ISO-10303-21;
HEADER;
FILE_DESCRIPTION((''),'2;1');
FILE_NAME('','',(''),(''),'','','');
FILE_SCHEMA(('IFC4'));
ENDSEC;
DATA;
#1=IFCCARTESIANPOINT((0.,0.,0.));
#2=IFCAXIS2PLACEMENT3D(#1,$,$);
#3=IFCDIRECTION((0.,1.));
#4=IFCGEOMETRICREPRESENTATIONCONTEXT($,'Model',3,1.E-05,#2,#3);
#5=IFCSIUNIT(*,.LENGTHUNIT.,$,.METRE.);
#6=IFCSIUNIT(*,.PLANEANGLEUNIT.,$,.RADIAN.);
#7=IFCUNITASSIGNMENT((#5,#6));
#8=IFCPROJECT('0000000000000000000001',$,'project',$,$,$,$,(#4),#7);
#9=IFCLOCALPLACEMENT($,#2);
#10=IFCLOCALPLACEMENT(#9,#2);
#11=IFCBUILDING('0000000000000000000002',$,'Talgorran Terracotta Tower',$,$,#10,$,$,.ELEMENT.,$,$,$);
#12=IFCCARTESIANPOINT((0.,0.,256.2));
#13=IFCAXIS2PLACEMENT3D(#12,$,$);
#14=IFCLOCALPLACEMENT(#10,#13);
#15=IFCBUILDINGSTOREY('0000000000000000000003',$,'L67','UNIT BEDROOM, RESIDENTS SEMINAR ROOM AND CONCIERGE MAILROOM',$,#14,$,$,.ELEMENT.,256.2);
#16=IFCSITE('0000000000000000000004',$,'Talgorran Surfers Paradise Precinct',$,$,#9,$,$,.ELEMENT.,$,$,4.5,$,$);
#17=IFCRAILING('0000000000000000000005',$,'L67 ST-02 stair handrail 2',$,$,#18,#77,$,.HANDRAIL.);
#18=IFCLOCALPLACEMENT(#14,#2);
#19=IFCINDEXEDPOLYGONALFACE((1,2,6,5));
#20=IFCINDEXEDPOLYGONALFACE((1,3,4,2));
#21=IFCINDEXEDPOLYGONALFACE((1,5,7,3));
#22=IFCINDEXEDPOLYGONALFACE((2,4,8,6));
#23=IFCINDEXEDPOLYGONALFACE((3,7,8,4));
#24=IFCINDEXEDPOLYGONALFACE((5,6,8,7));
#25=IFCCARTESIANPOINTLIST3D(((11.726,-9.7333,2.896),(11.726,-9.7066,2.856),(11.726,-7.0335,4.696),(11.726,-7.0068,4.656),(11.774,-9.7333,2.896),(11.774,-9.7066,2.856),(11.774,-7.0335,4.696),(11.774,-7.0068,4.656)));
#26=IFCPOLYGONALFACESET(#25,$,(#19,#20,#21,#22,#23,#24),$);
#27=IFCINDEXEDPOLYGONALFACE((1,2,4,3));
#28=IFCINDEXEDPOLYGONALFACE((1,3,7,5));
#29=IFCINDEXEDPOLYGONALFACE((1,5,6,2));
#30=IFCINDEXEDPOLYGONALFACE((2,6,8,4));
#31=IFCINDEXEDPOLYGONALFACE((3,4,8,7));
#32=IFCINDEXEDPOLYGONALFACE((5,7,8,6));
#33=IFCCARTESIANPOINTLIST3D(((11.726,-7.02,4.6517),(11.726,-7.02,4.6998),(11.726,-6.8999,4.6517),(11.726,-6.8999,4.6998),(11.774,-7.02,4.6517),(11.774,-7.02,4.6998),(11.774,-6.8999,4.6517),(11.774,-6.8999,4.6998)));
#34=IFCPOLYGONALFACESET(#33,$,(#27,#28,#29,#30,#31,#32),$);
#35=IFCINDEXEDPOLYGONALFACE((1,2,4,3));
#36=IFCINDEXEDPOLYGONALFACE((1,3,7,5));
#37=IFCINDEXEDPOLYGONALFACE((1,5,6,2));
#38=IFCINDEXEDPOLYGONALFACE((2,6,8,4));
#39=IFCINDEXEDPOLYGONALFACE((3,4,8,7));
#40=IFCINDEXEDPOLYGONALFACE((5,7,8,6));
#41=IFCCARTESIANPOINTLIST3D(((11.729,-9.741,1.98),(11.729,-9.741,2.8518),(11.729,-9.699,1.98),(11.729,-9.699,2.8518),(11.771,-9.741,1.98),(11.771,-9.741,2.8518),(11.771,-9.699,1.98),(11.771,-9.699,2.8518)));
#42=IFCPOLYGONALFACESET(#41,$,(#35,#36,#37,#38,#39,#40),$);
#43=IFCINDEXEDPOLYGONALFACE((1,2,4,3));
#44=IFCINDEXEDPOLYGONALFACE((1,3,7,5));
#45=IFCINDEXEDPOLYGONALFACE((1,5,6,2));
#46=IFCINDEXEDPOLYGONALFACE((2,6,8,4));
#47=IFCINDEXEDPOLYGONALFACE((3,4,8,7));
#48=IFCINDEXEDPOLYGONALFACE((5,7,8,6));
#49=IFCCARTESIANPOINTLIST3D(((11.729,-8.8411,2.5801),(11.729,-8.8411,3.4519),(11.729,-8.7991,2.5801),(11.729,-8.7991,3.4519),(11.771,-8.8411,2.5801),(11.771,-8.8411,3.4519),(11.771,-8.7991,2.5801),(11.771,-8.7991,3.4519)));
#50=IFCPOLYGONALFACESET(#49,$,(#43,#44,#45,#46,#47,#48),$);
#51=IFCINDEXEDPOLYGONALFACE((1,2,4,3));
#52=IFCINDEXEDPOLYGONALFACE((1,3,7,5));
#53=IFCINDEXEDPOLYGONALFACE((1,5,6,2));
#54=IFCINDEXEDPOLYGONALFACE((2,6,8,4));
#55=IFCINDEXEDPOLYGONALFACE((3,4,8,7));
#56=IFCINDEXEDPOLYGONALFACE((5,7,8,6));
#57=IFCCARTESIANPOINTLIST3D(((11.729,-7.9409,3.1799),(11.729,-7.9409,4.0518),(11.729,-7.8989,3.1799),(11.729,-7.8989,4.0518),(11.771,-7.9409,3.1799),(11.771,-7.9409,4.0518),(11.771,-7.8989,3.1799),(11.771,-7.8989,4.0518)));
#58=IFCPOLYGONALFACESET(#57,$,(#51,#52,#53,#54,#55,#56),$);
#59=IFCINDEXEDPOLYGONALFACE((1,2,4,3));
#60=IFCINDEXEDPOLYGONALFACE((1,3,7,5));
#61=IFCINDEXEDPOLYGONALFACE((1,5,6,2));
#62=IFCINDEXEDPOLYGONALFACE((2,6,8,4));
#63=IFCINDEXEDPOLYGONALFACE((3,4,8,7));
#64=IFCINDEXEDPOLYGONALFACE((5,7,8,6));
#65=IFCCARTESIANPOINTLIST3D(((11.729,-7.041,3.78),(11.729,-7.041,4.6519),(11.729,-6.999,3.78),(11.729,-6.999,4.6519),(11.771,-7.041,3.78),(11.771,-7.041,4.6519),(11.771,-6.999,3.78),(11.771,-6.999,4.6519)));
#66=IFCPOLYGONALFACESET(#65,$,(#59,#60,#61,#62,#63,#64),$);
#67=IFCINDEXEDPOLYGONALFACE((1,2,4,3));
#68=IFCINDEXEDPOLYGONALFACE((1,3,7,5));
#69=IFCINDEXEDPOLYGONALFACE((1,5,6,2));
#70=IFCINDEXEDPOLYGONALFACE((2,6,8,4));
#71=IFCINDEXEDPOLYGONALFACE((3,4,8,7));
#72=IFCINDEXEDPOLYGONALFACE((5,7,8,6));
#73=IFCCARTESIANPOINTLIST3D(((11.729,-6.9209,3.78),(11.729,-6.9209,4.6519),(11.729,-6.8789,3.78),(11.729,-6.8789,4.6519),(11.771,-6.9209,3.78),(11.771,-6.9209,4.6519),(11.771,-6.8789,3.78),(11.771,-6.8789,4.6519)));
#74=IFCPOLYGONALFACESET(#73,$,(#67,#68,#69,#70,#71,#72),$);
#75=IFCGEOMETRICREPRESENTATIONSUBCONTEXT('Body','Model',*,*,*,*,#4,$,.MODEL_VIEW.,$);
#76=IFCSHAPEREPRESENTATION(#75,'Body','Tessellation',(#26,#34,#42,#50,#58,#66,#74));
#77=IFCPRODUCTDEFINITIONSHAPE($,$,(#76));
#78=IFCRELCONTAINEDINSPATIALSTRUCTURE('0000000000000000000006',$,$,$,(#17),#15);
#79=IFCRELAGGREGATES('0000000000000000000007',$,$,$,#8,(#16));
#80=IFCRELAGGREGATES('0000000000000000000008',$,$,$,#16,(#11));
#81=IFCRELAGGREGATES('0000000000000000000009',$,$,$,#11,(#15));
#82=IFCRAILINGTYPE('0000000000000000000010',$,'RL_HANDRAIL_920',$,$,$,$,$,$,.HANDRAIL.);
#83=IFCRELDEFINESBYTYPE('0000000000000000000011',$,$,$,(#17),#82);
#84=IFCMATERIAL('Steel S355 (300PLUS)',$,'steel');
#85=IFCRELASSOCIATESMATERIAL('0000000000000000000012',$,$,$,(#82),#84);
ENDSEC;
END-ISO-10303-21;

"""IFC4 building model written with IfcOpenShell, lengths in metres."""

from ifc_helpers import new_model, si_unit, direction, frame, origin, origin_2d, place, context, subcontext, project, spatial, rectangle, extrude, material, type_object, element, save


model = new_model("IFC4")

# Units and contexts
model_context = context("Model", 3, precision=1e-05, world=origin(), true_north=direction((0.0, 1.0)))
body_context = subcontext(model_context, "Body", "Model", "MODEL_VIEW")
ifc_project = project(units=[si_unit("LENGTHUNIT", "METRE"), si_unit("PLANEANGLEUNIT", "RADIAN")], contexts=[model_context])

# Site, building, storey
site_placement = place(None, origin())
site = spatial("IfcSite", under=ifc_project, at=site_placement, Name="Talgorran Surfers Paradise Precinct", CompositionType="ELEMENT", RefElevation=4.5)
building_placement = place(site_placement, origin())
building = spatial("IfcBuilding", under=site, at=building_placement, Name="Talgorran Terracotta Tower", CompositionType="ELEMENT")
storey_placement = place(building_placement, frame((0.0, 0.0, 256.2)))
storey = spatial("IfcBuildingStorey", under=building, at=storey_placement, Name="L67", Description="UNIT BEDROOM, RESIDENTS SEMINAR ROOM AND CONCIERGE MAILROOM", CompositionType="ELEMENT", Elevation=256.2)

# Shared definitions
ifc_material_1 = material(Name="Steel S355 (300PLUS)", Category="steel")

# Railing
railing_type = type_object("IfcRailingType", Name="RL_HANDRAIL_920", PredefinedType="HANDRAIL", material=ifc_material_1)
railing_placement = place(storey_placement, frame((11.75, -9.72, 1.98)))
element("IfcRailing", 1, at=railing_placement, inside=storey, type_object=railing_type, Name="L67 ST-02 stair handrail 2", PredefinedType="HANDRAIL", context=body_context, shape_type="SweptSolid", body=[
    extrude(rectangle(XDim=0.0481, YDim=0.0481, at=origin_2d()), frame((0.0, 0.0, 0.896), z_axis=(0.0, 0.832039, 0.554718), x_axis=(-1.0, 0.0, 0.0)), (0.0, 0.0, 1.0), 3.2449),
    extrude(rectangle(XDim=0.0481, YDim=0.0481, at=origin_2d()), frame((0.0, 2.7, 2.6958), z_axis=(0.0, 1.0, 0.0), x_axis=(-1.0, 0.0, 0.0)), (0.0, 0.0, 1.0), 0.1201),
    extrude(rectangle(XDim=0.042, YDim=0.042, at=origin_2d()), origin(), (0.0, 0.0, 1.0), 0.8718),
    extrude(rectangle(XDim=0.042, YDim=0.042, at=origin_2d()), frame((0.0, 0.8999, 0.6001)), (0.0, 0.0, 1.0), 0.8718),
    extrude(rectangle(XDim=0.042, YDim=0.042, at=origin_2d()), frame((0.0, 1.8, 1.2)), (0.0, 0.0, 1.0), 0.8718),
    extrude(rectangle(XDim=0.042, YDim=0.042, at=origin_2d()), frame((0.0, 2.7, 1.8)), (0.0, 0.0, 1.0), 0.8718),
    extrude(rectangle(XDim=0.042, YDim=0.042, at=origin_2d()), frame((0.0, 2.8201, 1.8)), (0.0, 0.0, 1.0), 0.8718),
])

save(model, "model.ifc")
